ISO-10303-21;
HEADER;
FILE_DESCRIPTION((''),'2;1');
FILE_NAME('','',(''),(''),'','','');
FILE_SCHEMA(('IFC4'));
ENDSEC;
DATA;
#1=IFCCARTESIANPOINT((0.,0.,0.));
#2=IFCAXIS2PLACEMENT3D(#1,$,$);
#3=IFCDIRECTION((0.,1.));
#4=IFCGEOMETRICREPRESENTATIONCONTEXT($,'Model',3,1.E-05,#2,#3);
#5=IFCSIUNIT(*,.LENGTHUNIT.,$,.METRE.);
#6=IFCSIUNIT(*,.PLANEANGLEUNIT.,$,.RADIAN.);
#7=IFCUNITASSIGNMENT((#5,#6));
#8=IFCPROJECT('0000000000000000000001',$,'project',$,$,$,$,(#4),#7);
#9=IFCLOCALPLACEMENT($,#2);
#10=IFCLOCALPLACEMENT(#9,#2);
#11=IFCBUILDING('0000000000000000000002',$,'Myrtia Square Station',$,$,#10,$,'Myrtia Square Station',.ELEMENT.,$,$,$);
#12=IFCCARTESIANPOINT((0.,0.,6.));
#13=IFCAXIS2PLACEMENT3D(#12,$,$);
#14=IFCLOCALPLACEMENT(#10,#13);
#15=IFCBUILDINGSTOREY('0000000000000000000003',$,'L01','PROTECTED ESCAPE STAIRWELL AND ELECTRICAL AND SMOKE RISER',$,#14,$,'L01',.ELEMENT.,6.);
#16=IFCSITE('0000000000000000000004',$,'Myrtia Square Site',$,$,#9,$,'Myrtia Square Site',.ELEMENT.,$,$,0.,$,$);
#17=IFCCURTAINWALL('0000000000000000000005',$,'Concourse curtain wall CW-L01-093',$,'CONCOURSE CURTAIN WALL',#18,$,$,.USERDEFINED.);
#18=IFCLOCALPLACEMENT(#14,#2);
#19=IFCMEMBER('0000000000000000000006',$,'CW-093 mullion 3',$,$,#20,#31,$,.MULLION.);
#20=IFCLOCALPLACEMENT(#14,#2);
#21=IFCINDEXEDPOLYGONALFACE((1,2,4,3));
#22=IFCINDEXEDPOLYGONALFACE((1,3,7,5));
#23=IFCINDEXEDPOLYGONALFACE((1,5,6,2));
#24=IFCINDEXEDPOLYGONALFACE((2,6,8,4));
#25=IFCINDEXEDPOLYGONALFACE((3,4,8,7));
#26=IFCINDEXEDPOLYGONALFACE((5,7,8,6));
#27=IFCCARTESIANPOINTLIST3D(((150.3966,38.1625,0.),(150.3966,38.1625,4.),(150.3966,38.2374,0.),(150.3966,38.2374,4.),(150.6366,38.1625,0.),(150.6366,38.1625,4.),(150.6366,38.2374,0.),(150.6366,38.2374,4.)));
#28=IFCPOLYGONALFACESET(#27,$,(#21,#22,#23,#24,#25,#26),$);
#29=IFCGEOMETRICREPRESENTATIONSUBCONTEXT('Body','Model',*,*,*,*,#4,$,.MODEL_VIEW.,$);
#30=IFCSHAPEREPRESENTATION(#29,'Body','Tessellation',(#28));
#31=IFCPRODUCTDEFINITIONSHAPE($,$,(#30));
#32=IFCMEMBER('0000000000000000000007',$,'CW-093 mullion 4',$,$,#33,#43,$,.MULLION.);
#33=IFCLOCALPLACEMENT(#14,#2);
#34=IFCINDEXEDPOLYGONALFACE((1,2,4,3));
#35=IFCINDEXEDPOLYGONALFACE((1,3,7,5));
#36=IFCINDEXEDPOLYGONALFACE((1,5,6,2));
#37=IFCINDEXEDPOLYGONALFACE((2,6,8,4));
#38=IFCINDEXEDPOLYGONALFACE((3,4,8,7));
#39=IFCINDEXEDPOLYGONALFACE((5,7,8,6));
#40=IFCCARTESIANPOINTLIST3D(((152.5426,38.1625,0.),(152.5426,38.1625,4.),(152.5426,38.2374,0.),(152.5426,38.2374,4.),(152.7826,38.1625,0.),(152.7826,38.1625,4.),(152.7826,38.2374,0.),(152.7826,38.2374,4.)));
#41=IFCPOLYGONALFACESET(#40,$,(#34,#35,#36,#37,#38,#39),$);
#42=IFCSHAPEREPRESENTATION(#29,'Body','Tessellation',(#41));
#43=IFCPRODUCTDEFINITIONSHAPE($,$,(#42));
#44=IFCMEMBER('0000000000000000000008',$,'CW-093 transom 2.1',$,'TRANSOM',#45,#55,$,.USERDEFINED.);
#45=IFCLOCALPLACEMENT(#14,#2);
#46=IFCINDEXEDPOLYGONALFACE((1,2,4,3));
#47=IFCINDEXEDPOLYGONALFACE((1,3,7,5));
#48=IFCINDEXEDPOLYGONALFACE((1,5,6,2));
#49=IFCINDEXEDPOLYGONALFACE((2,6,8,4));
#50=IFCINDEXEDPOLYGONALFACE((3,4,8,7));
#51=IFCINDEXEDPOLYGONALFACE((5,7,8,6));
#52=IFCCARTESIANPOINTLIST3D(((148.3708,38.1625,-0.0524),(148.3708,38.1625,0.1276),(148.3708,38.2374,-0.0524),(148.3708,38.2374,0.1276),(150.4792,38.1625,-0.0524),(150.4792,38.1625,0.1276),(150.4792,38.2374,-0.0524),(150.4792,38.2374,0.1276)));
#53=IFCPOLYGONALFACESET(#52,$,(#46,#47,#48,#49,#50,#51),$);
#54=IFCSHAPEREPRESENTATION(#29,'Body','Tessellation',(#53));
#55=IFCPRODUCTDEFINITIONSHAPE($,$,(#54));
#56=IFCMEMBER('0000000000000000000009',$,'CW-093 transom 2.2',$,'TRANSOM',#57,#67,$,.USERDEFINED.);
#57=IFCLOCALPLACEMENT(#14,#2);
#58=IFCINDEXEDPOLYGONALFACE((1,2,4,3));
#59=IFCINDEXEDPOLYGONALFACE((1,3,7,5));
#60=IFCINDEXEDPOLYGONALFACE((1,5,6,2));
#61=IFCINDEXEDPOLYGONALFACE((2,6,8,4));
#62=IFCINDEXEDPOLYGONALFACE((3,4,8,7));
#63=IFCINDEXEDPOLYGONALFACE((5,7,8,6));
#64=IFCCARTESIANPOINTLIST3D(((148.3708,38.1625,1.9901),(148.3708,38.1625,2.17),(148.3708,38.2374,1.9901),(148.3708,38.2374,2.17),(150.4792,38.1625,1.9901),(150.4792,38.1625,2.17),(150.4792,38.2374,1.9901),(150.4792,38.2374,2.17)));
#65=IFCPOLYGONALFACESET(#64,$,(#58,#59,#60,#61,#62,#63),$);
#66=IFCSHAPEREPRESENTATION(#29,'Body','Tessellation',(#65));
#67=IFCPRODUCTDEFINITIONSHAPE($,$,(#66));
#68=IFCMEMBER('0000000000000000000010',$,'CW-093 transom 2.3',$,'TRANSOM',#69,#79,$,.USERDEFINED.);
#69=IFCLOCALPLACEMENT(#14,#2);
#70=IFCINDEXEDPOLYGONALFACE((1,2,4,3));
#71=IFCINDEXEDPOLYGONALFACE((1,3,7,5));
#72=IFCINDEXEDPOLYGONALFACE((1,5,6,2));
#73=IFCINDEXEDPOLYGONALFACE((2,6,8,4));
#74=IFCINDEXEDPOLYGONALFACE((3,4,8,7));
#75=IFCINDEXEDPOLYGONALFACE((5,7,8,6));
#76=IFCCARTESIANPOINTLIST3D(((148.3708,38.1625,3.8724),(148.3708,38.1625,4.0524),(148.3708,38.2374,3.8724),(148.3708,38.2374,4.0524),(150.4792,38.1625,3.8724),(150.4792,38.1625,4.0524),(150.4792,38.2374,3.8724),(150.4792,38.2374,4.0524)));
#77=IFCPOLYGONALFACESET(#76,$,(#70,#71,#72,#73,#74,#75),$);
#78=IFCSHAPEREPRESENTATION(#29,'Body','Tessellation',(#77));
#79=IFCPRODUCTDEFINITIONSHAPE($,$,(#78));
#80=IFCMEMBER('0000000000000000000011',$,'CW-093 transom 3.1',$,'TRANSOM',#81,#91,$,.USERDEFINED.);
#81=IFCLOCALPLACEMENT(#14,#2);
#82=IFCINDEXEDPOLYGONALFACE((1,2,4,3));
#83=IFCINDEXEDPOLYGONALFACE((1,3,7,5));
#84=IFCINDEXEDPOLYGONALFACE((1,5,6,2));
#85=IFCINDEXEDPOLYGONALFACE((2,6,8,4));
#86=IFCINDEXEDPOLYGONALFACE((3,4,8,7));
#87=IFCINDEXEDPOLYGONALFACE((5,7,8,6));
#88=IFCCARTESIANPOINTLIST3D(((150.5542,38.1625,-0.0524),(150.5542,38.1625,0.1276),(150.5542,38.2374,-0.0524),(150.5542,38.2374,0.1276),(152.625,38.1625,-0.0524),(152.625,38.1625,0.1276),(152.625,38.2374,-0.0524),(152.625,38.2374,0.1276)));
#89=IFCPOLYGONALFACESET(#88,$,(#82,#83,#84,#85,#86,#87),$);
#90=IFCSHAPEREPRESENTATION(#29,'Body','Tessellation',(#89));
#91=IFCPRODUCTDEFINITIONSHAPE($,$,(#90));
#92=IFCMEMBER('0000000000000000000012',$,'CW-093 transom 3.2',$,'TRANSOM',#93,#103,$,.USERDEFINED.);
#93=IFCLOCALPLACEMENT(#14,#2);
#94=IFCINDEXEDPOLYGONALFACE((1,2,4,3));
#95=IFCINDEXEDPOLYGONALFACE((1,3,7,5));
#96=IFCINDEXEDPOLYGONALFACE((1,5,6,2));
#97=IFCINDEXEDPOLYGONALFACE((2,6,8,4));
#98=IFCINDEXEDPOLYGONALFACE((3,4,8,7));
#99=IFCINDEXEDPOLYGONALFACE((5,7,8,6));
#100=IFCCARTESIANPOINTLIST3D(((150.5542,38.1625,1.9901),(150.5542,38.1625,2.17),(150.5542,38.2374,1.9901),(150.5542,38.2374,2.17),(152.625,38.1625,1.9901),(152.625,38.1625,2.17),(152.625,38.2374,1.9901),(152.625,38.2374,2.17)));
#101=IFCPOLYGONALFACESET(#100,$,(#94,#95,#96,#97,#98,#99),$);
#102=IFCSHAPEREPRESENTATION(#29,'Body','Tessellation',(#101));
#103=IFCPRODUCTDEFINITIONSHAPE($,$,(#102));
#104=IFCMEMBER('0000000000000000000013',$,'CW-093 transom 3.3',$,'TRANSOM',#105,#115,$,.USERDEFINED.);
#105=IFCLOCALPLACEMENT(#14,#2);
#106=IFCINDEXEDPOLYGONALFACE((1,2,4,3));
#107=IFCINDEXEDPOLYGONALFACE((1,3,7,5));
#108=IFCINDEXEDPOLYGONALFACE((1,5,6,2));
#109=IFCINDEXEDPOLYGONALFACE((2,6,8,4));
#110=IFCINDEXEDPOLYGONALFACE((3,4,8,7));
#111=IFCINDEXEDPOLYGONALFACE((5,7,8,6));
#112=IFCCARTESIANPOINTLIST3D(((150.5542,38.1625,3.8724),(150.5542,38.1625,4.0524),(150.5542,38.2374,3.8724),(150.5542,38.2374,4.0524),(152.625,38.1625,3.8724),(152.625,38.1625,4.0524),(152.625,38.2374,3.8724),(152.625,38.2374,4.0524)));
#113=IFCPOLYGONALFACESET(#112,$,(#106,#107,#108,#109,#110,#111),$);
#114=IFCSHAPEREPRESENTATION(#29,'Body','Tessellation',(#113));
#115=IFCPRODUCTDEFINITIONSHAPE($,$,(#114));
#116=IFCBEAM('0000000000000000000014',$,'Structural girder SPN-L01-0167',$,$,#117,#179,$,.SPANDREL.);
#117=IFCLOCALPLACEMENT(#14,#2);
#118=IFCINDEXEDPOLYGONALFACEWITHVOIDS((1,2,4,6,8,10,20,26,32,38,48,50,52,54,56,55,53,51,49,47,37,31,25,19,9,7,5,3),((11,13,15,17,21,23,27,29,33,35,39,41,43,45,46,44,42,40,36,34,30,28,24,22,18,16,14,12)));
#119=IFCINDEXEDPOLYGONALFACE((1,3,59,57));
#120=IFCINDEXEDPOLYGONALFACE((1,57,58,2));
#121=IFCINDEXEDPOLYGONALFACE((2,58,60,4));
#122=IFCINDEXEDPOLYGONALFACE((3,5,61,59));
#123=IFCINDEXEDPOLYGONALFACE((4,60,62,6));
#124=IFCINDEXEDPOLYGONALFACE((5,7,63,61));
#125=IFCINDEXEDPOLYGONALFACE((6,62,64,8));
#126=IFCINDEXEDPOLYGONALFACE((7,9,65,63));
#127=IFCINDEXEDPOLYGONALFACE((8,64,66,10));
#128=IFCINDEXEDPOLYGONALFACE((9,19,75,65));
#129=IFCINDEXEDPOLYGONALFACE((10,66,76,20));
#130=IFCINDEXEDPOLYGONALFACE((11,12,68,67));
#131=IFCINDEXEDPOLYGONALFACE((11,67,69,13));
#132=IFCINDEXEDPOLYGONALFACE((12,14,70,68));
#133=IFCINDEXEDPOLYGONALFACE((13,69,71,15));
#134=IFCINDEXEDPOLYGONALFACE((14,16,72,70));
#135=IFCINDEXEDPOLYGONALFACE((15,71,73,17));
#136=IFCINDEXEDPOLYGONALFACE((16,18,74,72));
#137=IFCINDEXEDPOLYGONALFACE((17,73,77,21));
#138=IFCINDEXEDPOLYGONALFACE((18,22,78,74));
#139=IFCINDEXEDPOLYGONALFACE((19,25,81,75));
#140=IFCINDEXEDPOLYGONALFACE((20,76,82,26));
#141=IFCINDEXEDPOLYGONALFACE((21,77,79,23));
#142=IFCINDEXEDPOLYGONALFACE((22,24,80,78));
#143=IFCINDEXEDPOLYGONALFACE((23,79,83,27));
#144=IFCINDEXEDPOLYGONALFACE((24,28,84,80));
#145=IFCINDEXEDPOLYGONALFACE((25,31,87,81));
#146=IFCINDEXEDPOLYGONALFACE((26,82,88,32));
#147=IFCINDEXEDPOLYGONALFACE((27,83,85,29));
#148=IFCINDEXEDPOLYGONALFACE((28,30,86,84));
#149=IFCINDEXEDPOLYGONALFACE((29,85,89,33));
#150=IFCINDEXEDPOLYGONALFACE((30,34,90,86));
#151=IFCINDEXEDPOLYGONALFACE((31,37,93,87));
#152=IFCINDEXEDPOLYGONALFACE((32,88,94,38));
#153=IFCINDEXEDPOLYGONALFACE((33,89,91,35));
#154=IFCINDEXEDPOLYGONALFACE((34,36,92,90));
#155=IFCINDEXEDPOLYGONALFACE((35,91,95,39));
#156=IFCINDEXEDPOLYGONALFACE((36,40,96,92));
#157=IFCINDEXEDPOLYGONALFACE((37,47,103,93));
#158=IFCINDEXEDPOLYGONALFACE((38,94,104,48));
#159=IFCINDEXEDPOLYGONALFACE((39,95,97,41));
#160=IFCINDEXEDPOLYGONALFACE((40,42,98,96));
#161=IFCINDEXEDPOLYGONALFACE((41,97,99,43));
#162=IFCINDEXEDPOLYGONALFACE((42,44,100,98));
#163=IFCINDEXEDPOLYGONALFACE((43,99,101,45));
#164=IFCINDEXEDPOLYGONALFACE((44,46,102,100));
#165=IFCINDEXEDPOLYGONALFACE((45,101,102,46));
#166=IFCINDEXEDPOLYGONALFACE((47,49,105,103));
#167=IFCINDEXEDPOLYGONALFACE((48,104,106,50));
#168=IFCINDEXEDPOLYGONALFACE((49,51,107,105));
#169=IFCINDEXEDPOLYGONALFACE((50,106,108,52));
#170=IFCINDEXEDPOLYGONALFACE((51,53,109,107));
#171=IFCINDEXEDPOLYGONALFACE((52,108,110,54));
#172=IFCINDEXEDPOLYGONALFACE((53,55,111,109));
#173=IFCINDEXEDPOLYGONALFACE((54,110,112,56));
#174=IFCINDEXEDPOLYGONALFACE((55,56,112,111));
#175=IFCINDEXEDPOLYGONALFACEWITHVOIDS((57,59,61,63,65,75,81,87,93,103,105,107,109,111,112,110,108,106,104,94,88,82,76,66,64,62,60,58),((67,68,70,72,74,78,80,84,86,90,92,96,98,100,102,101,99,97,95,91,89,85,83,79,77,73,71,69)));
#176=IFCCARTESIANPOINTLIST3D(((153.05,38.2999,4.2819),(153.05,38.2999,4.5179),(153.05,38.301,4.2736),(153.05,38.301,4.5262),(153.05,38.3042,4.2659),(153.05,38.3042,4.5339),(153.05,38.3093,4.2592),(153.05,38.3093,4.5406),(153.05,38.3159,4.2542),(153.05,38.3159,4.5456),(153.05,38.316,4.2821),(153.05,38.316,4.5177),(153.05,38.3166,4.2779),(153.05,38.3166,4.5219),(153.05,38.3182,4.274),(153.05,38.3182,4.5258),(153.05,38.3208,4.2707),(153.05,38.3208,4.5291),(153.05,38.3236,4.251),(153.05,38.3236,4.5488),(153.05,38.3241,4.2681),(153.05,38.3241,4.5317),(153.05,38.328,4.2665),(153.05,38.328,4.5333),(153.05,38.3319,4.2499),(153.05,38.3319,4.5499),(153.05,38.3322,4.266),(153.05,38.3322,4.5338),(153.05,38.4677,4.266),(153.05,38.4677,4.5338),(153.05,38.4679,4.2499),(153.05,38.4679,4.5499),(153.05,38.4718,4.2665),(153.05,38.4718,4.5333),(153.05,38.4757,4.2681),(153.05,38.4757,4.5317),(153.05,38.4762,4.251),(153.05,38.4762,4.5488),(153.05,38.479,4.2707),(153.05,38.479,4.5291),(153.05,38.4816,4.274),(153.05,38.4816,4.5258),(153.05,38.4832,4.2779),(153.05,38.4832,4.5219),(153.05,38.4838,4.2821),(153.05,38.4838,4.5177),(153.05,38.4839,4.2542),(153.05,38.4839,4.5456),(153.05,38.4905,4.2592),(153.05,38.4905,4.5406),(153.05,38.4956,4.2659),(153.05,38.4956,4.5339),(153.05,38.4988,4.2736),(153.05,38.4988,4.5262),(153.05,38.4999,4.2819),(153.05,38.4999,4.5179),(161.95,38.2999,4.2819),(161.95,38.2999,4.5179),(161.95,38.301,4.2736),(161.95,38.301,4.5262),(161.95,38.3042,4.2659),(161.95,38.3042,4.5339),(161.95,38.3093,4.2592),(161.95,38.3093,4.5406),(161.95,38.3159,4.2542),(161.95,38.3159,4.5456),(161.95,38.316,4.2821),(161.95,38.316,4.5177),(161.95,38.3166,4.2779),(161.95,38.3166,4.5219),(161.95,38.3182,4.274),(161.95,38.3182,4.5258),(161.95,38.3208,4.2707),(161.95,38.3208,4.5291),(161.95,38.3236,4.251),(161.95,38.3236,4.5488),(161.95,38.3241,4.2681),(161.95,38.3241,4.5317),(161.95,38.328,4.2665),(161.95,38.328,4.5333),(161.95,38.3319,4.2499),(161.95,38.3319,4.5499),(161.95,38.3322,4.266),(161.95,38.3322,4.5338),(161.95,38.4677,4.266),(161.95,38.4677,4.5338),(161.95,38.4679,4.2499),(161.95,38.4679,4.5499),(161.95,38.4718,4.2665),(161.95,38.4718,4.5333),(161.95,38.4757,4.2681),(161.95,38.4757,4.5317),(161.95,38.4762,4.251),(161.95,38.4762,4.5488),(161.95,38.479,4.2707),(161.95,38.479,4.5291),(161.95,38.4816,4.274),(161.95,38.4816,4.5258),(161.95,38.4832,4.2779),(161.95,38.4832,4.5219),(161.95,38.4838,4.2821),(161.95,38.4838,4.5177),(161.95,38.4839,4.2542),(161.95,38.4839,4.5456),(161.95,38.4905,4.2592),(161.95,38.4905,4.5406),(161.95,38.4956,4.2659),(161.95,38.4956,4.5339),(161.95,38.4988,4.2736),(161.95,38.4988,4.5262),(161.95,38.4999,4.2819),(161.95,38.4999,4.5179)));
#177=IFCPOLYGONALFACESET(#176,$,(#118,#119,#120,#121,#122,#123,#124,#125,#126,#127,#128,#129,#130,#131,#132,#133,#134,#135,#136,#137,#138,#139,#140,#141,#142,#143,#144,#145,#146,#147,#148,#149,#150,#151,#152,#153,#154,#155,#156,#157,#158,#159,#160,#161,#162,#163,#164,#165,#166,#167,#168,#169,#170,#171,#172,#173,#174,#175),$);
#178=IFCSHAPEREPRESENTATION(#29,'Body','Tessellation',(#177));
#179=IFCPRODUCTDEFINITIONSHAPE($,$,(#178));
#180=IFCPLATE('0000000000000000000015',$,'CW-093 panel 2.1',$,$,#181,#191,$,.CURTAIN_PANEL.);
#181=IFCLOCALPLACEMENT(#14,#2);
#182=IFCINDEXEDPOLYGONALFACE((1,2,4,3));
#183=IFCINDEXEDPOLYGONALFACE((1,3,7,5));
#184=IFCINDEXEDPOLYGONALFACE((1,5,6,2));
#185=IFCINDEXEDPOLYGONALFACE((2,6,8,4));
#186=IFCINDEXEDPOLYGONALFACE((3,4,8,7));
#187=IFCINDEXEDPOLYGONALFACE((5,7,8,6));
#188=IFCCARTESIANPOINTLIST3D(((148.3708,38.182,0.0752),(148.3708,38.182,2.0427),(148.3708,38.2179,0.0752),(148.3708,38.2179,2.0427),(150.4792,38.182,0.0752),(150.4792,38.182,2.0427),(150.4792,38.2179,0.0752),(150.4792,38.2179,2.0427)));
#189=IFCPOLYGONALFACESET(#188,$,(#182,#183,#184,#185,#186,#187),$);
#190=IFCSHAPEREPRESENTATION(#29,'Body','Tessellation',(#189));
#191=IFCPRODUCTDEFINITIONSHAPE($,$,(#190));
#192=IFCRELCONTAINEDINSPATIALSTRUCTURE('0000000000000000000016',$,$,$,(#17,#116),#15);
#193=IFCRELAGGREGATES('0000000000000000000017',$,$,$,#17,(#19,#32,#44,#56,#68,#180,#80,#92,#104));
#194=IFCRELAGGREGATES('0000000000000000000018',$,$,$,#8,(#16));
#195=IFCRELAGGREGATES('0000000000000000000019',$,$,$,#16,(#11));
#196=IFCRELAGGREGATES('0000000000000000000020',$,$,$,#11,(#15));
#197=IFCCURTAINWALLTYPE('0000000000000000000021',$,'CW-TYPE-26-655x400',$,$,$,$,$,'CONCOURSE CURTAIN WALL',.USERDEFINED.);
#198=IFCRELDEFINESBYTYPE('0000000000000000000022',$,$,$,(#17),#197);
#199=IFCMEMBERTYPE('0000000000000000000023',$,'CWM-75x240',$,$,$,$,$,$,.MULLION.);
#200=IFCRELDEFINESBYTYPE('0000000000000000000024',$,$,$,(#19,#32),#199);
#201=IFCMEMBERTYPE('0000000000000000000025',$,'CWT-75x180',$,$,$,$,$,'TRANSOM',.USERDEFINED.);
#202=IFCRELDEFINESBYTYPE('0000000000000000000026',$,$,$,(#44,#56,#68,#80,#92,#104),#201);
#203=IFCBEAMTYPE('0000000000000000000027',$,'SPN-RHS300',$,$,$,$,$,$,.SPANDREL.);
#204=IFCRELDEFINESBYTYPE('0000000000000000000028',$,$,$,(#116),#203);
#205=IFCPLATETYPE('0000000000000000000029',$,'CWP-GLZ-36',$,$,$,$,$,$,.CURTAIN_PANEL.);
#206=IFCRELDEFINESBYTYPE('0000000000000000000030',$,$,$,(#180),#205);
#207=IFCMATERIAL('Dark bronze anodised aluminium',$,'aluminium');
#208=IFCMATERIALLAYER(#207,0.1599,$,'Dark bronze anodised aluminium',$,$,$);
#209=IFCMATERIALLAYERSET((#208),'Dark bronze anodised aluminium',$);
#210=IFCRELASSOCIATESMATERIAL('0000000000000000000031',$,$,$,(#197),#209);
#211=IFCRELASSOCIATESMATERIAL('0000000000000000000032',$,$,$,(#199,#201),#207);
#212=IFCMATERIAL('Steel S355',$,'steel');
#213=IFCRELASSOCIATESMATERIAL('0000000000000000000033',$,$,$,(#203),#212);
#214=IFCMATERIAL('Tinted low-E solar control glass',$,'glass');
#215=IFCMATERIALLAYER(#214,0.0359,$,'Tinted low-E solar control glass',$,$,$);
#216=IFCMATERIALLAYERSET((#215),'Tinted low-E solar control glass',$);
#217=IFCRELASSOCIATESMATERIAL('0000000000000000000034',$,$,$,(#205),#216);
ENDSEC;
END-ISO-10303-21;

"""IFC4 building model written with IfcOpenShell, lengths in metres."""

from ifc_helpers import new_model, si_unit, direction, frame, origin, origin_2d, place, context, subcontext, project, spatial, rectangle, hollow_rectangle, extrude, material, layer, layer_set, material_profile, profile_set, type_object, element, aggregate, save


model = new_model("IFC4")

# Units and contexts
model_context = context("Model", 3, precision=1e-05, world=origin(), true_north=direction((0.0, 1.0)))
body_context = subcontext(model_context, "Body", "Model", "MODEL_VIEW")
ifc_project = project(units=[si_unit("LENGTHUNIT", "METRE"), si_unit("PLANEANGLEUNIT", "RADIAN")], contexts=[model_context])

# Site, building, storey
site_placement = place(None, origin())
site = spatial("IfcSite", under=ifc_project, at=site_placement, Name="Myrtia Square Site", LongName="Myrtia Square Site", CompositionType="ELEMENT", RefElevation=0.0)
building_placement = place(site_placement, origin())
building = spatial("IfcBuilding", under=site, at=building_placement, Name="Myrtia Square Station", LongName="Myrtia Square Station", CompositionType="ELEMENT")
storey_placement = place(building_placement, frame((0.0, 0.0, 6.0)))
storey = spatial("IfcBuildingStorey", under=building, at=storey_placement, Name="L01", Description="PROTECTED ESCAPE STAIRWELL AND ELECTRICAL AND SMOKE RISER", LongName="L01", CompositionType="ELEMENT", Elevation=6.0)

# Shared definitions
ifc_material_1 = material(Name="Steel S355", Category="steel")

# Curtain wall, members
ifc_material_2 = material(Name="Dark bronze anodised aluminium", Category="aluminium")
ifc_layer_1 = layer(ifc_material_2, 0.1599, Name="Dark bronze anodised aluminium")
ifc_layer_set_1 = layer_set([ifc_layer_1], Name="Dark bronze anodised aluminium")
curtain_wall_type = type_object("IfcCurtainWallType", Name="CW-TYPE-26-655x400", ElementType="CONCOURSE CURTAIN WALL", PredefinedType="USERDEFINED", material=ifc_layer_set_1)
curtain_wall_placement = place(storey_placement, origin())
curtain_wall = element("IfcCurtainWall", 1, at=curtain_wall_placement, inside=storey, type_object=curtain_wall_type, Name="Concourse curtain wall CW-L01-093", ObjectType="CONCOURSE CURTAIN WALL", PredefinedType="USERDEFINED")
ifc_material_profile_1 = material_profile(ifc_material_2, rectangle(XDim=0.075, YDim=0.24, at=origin_2d()), Name="ALU-M 75x240")
ifc_profile_set_1 = profile_set([ifc_material_profile_1], Name="Dark bronze anodised aluminium")
member_type_1 = type_object("IfcMemberType", Name="CWM-75x240", PredefinedType="MULLION", material=ifc_profile_set_1)
member_1_placement = place(storey_placement, frame((150.5166, 38.2, 0.0), z_axis=(0.0, 0.0, 1.0), x_axis=(0.0, 1.0, 0.0)))
member_1 = element("IfcMember", 2, at=member_1_placement, type_object=member_type_1, Name="CW-093 mullion 3", PredefinedType="MULLION", context=body_context, shape_type="SweptSolid", body=[
    extrude(rectangle(XDim=0.075, YDim=0.24, at=origin_2d()), origin(), (0.0, 0.0, 1.0), 4.0),
])
member_2_placement = place(storey_placement, frame((152.6626, 38.2, 0.0), z_axis=(0.0, 0.0, 1.0), x_axis=(0.0, 1.0, 0.0)))
member_2 = element("IfcMember", 3, at=member_2_placement, type_object=member_type_1, Name="CW-093 mullion 4", PredefinedType="MULLION", context=body_context, shape_type="SweptSolid", body=[
    extrude(rectangle(XDim=0.075, YDim=0.24, at=origin_2d()), origin(), (0.0, 0.0, 1.0), 4.0),
])
ifc_material_profile_2 = material_profile(ifc_material_2, rectangle(XDim=0.075, YDim=0.1799, at=origin_2d()), Name="ALU-T 75x180")
ifc_profile_set_2 = profile_set([ifc_material_profile_2], Name="Dark bronze anodised aluminium")
member_type_2 = type_object("IfcMemberType", Name="CWT-75x180", ElementType="TRANSOM", PredefinedType="USERDEFINED", material=ifc_profile_set_2)
member_3_placement = place(storey_placement, frame((148.3708, 38.2, 0.0376), z_axis=(1.0, 0.0, 0.0), x_axis=(0.0, 1.0, 0.0)))
member_3 = element("IfcMember", 4, at=member_3_placement, type_object=member_type_2, Name="CW-093 transom 2.1", ObjectType="TRANSOM", PredefinedType="USERDEFINED", context=body_context, shape_type="SweptSolid", body=[
    extrude(rectangle(XDim=0.075, YDim=0.1799, at=origin_2d()), origin(), (0.0, 0.0, 1.0), 2.1084),
])
member_4_placement = place(storey_placement, frame((148.3708, 38.2, 2.0801), z_axis=(1.0, 0.0, 0.0), x_axis=(0.0, 1.0, 0.0)))
member_4 = element("IfcMember", 5, at=member_4_placement, type_object=member_type_2, Name="CW-093 transom 2.2", ObjectType="TRANSOM", PredefinedType="USERDEFINED", context=body_context, shape_type="SweptSolid", body=[
    extrude(rectangle(XDim=0.075, YDim=0.1799, at=origin_2d()), origin(), (0.0, 0.0, 1.0), 2.1084),
])
member_5_placement = place(storey_placement, frame((148.3708, 38.2, 3.9624), z_axis=(1.0, 0.0, 0.0), x_axis=(0.0, 1.0, 0.0)))
member_5 = element("IfcMember", 6, at=member_5_placement, type_object=member_type_2, Name="CW-093 transom 2.3", ObjectType="TRANSOM", PredefinedType="USERDEFINED", context=body_context, shape_type="SweptSolid", body=[
    extrude(rectangle(XDim=0.075, YDim=0.1799, at=origin_2d()), origin(), (0.0, 0.0, 1.0), 2.1084),
])
member_6_placement = place(storey_placement, frame((150.5542, 38.2, 0.0376), z_axis=(1.0, 0.0, 0.0), x_axis=(0.0, 1.0, 0.0)))
member_6 = element("IfcMember", 7, at=member_6_placement, type_object=member_type_2, Name="CW-093 transom 3.1", ObjectType="TRANSOM", PredefinedType="USERDEFINED", context=body_context, shape_type="SweptSolid", body=[
    extrude(rectangle(XDim=0.075, YDim=0.1799, at=origin_2d()), origin(), (0.0, 0.0, 1.0), 2.0708),
])
member_7_placement = place(storey_placement, frame((150.5542, 38.2, 2.0801), z_axis=(1.0, 0.0, 0.0), x_axis=(0.0, 1.0, 0.0)))
member_7 = element("IfcMember", 8, at=member_7_placement, type_object=member_type_2, Name="CW-093 transom 3.2", ObjectType="TRANSOM", PredefinedType="USERDEFINED", context=body_context, shape_type="SweptSolid", body=[
    extrude(rectangle(XDim=0.075, YDim=0.1799, at=origin_2d()), origin(), (0.0, 0.0, 1.0), 2.0708),
])
member_8_placement = place(storey_placement, frame((150.5542, 38.2, 3.9624), z_axis=(1.0, 0.0, 0.0), x_axis=(0.0, 1.0, 0.0)))
member_8 = element("IfcMember", 9, at=member_8_placement, type_object=member_type_2, Name="CW-093 transom 3.3", ObjectType="TRANSOM", PredefinedType="USERDEFINED", context=body_context, shape_type="SweptSolid", body=[
    extrude(rectangle(XDim=0.075, YDim=0.1799, at=origin_2d()), origin(), (0.0, 0.0, 1.0), 2.0708),
])

# Beam
ifc_material_profile_3 = material_profile(ifc_material_1, hollow_rectangle(XDim=0.2, YDim=0.3, WallThickness=0.0161, InnerFilletRadius=0.0161, OuterFilletRadius=0.032, at=origin_2d()), Name="RHS 300x200x16")
ifc_profile_set_3 = profile_set([ifc_material_profile_3], Name="Steel S355")
beam_type_1 = type_object("IfcBeamType", Name="SPN-RHS300", PredefinedType="SPANDREL", material=ifc_profile_set_3)
beam_1_placement = place(storey_placement, frame((153.05, 38.3999, 4.3999), z_axis=(1.0, 0.0, 0.0), x_axis=(0.0, 1.0, 0.0)))
element("IfcBeam", 10, at=beam_1_placement, inside=storey, type_object=beam_type_1, Name="Structural girder SPN-L01-0167", PredefinedType="SPANDREL", context=body_context, shape_type="SweptSolid", body=[
    extrude(hollow_rectangle(XDim=0.2, YDim=0.3, WallThickness=0.0161, InnerFilletRadius=0.0161, OuterFilletRadius=0.032, at=origin_2d()), origin(), (0.0, 0.0, 1.0), 8.8999),
])

# Plate
ifc_material_3 = material(Name="Tinted low-E solar control glass", Category="glass")
ifc_layer_2 = layer(ifc_material_3, 0.0359, Name="Tinted low-E solar control glass")
ifc_layer_set_2 = layer_set([ifc_layer_2], Name="Tinted low-E solar control glass")
plate_type_1 = type_object("IfcPlateType", Name="CWP-GLZ-36", PredefinedType="CURTAIN_PANEL", material=ifc_layer_set_2)
plate_1_placement = place(storey_placement, frame((149.425, 38.2, 0.0752), z_axis=(0.0, 0.0, 1.0), x_axis=(1.0, 0.0, 0.0)))
plate_1 = element("IfcPlate", 11, at=plate_1_placement, type_object=plate_type_1, Name="CW-093 panel 2.1", PredefinedType="CURTAIN_PANEL", context=body_context, shape_type="SweptSolid", body=[
    extrude(rectangle(XDim=2.1084, YDim=0.0359, at=origin_2d()), origin(), (0.0, 0.0, 1.0), 1.9675),
])
aggregate(curtain_wall, [member_1, member_2, member_3, member_4, member_5, plate_1, member_6, member_7, member_8])

save(model, "model.ifc")
